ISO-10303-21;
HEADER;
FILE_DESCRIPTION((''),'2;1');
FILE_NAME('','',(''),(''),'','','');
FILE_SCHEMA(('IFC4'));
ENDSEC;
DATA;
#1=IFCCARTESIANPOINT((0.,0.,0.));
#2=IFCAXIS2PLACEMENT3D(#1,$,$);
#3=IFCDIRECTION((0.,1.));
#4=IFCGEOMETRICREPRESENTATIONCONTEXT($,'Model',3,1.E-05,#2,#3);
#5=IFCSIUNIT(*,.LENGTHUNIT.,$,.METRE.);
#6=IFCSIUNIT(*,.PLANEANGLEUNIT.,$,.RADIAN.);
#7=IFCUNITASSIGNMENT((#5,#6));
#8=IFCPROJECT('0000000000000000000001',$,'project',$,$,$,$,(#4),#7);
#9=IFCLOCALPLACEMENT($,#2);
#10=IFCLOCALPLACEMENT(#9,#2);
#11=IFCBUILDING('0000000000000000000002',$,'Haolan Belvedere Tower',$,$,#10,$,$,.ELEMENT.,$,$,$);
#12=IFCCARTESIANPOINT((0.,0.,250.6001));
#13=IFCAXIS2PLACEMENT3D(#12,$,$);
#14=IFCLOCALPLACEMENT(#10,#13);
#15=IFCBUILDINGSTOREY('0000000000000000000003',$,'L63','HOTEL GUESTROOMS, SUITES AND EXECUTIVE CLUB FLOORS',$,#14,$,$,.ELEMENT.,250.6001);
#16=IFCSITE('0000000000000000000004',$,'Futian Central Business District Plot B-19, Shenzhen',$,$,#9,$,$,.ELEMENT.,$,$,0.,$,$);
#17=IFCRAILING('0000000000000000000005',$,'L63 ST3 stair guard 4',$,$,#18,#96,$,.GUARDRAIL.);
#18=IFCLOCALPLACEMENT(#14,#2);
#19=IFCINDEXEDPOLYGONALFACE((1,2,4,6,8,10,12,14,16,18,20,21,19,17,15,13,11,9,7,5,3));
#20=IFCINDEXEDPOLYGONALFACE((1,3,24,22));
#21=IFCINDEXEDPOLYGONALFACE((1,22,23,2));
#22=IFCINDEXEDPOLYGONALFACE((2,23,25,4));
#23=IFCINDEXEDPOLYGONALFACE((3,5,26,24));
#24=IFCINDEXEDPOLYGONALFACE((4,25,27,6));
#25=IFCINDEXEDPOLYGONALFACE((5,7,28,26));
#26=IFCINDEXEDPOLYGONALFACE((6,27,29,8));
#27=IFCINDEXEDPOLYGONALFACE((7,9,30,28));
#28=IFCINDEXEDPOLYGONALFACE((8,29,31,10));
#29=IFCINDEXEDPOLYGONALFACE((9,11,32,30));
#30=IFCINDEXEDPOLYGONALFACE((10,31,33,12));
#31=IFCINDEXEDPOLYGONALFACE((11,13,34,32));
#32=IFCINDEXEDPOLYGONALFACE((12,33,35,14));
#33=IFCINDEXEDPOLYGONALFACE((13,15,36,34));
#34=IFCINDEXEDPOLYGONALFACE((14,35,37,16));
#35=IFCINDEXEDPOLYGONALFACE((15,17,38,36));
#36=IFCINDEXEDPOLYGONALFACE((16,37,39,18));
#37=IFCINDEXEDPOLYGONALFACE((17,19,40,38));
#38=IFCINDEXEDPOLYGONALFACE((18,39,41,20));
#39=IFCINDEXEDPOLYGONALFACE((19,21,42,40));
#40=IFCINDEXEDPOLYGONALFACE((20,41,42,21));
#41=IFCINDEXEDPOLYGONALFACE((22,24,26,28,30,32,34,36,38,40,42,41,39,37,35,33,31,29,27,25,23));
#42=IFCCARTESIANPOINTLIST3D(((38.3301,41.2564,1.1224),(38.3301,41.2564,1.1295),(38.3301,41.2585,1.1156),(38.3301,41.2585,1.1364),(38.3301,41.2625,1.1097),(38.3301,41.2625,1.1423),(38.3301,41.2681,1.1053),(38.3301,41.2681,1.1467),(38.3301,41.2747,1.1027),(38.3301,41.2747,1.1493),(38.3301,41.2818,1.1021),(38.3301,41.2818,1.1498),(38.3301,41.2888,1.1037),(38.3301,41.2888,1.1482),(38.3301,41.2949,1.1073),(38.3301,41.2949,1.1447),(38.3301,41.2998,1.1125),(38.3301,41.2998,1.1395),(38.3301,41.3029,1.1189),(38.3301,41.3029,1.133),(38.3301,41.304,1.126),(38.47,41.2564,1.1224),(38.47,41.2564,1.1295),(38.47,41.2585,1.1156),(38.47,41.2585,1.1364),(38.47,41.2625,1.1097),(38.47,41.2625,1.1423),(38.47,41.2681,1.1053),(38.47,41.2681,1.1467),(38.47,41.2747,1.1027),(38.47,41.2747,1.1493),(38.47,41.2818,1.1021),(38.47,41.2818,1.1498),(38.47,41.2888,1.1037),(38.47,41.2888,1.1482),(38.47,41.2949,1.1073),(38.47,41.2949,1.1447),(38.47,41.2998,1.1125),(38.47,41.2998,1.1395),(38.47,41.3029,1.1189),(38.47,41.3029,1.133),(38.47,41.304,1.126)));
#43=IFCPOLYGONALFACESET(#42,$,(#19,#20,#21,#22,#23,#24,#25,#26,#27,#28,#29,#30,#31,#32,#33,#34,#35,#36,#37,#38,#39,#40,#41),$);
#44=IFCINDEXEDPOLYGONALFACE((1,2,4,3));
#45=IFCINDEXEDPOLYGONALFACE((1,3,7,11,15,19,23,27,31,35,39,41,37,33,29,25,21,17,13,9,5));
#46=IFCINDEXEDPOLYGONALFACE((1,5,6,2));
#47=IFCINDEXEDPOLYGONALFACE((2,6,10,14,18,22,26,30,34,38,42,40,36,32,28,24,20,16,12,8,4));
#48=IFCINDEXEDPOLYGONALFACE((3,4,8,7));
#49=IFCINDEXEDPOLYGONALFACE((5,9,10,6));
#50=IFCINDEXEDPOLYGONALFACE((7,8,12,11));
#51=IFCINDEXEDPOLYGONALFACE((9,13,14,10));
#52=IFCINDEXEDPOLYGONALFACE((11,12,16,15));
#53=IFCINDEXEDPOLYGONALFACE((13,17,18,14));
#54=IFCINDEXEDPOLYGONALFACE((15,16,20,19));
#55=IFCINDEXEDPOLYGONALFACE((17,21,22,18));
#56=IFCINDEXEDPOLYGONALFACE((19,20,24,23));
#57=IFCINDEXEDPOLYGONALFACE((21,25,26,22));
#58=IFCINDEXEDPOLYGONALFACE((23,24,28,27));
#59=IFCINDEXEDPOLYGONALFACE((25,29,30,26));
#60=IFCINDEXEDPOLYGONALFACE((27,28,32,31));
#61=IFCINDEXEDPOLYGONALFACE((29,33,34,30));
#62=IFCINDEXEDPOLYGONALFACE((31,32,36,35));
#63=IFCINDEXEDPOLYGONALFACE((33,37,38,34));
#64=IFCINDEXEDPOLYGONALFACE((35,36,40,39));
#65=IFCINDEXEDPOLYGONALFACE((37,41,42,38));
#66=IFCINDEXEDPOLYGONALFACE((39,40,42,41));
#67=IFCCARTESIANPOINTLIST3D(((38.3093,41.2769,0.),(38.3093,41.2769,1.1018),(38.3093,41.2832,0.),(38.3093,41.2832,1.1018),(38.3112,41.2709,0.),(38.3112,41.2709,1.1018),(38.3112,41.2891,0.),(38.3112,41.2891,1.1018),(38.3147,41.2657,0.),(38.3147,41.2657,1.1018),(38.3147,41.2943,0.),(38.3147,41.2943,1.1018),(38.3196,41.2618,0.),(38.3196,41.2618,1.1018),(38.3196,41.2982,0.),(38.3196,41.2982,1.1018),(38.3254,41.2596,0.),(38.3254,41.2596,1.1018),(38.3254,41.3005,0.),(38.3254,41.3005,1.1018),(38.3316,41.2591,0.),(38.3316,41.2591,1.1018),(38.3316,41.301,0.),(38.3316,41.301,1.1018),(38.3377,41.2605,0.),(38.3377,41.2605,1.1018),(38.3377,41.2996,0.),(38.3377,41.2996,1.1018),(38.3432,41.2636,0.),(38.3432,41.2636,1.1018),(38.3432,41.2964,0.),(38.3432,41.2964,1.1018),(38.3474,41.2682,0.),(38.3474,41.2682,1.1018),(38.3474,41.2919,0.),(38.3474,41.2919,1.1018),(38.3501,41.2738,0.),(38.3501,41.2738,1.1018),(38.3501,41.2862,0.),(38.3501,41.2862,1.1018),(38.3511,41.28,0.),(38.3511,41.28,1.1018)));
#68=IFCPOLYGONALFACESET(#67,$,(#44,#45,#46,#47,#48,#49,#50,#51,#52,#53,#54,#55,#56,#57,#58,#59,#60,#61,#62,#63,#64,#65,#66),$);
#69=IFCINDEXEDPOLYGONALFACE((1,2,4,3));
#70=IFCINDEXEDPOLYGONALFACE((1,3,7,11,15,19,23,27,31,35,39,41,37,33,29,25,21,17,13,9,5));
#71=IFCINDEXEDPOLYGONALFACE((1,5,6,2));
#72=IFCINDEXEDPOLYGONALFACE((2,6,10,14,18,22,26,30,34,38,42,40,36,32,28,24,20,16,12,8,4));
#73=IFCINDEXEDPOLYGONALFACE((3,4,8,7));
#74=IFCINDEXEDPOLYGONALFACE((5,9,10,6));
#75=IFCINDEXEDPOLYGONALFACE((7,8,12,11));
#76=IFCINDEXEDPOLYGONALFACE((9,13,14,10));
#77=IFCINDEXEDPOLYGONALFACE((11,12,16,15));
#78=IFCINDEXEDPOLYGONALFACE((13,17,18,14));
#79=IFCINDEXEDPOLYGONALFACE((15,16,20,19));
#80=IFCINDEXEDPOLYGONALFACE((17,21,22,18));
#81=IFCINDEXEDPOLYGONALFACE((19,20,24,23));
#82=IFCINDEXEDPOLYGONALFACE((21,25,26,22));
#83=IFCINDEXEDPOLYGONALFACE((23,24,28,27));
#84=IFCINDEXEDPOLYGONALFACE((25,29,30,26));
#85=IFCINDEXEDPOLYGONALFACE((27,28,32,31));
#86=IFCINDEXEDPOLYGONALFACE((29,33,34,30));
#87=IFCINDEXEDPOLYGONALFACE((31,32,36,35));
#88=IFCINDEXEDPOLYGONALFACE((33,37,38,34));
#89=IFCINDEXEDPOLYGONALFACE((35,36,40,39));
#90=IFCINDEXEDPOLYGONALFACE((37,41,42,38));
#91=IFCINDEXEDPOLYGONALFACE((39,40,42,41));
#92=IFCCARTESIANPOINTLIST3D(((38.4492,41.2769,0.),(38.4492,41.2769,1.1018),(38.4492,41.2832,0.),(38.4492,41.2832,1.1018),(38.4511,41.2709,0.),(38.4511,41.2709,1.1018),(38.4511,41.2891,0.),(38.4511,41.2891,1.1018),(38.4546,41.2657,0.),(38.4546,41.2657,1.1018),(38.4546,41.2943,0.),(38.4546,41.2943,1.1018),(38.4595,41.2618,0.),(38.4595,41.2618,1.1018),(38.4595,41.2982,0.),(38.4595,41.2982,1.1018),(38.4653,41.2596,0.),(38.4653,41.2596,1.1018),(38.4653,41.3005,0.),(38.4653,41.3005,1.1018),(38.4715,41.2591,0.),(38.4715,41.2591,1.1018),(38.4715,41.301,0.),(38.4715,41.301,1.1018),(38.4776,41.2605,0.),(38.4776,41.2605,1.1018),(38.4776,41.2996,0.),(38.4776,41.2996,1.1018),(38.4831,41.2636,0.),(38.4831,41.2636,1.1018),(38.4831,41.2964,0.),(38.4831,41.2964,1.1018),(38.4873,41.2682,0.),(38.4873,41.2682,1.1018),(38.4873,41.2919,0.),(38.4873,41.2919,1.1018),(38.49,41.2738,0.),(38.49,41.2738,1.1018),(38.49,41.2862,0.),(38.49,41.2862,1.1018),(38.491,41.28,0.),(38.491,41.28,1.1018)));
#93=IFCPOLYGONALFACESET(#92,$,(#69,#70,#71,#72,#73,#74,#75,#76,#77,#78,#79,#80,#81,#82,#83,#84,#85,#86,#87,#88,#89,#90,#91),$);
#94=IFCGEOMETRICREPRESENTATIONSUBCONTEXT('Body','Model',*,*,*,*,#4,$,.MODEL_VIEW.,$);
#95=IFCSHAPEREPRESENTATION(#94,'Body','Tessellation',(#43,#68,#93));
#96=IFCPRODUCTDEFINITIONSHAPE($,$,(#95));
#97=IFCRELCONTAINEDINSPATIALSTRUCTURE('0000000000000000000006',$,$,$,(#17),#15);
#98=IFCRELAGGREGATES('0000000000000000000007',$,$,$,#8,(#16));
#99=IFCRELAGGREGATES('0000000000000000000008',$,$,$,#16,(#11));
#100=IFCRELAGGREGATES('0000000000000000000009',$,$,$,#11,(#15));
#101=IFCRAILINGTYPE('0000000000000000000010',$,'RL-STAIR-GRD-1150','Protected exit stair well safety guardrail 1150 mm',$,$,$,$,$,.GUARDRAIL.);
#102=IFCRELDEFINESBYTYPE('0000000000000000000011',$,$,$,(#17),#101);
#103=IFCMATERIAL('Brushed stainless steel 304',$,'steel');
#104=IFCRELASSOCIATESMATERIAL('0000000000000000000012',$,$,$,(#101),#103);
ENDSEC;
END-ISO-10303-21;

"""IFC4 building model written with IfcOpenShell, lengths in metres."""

from ifc_helpers import new_model, si_unit, direction, frame, origin, origin_2d, place, context, subcontext, project, spatial, circle, extrude, material, type_object, element, save


model = new_model("IFC4")

# Units and contexts
model_context = context("Model", 3, precision=1e-05, world=origin(), true_north=direction((0.0, 1.0)))
body_context = subcontext(model_context, "Body", "Model", "MODEL_VIEW")
ifc_project = project(units=[si_unit("LENGTHUNIT", "METRE"), si_unit("PLANEANGLEUNIT", "RADIAN")], contexts=[model_context])

# Site, building, storey
site_placement = place(None, origin())
site = spatial("IfcSite", under=ifc_project, at=site_placement, Name="Futian Central Business District Plot B-19, Shenzhen", CompositionType="ELEMENT", RefElevation=0.0)
building_placement = place(site_placement, origin())
building = spatial("IfcBuilding", under=site, at=building_placement, Name="Haolan Belvedere Tower", CompositionType="ELEMENT")
storey_placement = place(building_placement, frame((0.0, 0.0, 250.6001)))
storey = spatial("IfcBuildingStorey", under=building, at=storey_placement, Name="L63", Description="HOTEL GUESTROOMS, SUITES AND EXECUTIVE CLUB FLOORS", CompositionType="ELEMENT", Elevation=250.6001)

# Railing
ifc_material_1 = material(Name="Brushed stainless steel 304", Category="steel")
railing_type_1 = type_object("IfcRailingType", Name="RL-STAIR-GRD-1150", Description="Protected exit stair well safety guardrail 1150 mm", PredefinedType="GUARDRAIL", material=ifc_material_1)
railing_1_placement = place(storey_placement, frame((38.3301, 41.28, 0.0)))
element("IfcRailing", 1, at=railing_1_placement, inside=storey, type_object=railing_type_1, Name="L63 ST3 stair guard 4", PredefinedType="GUARDRAIL", context=body_context, shape_type="SweptSolid", body=[
    extrude(circle(Radius=0.0239, at=origin_2d()), frame((0.0, 0.0, 1.126), z_axis=(1.0, 0.0, 0.0), x_axis=(0.0, 1.0, 0.0)), (0.0, 0.0, 1.0), 0.1399),
    extrude(circle(Radius=0.021, at=origin_2d()), origin(), (0.0, 0.0, 1.0), 1.1018),
    extrude(circle(Radius=0.021, at=origin_2d()), frame((0.1399, 0.0, 0.0)), (0.0, 0.0, 1.0), 1.1018),
])

save(model, "model.ifc")
